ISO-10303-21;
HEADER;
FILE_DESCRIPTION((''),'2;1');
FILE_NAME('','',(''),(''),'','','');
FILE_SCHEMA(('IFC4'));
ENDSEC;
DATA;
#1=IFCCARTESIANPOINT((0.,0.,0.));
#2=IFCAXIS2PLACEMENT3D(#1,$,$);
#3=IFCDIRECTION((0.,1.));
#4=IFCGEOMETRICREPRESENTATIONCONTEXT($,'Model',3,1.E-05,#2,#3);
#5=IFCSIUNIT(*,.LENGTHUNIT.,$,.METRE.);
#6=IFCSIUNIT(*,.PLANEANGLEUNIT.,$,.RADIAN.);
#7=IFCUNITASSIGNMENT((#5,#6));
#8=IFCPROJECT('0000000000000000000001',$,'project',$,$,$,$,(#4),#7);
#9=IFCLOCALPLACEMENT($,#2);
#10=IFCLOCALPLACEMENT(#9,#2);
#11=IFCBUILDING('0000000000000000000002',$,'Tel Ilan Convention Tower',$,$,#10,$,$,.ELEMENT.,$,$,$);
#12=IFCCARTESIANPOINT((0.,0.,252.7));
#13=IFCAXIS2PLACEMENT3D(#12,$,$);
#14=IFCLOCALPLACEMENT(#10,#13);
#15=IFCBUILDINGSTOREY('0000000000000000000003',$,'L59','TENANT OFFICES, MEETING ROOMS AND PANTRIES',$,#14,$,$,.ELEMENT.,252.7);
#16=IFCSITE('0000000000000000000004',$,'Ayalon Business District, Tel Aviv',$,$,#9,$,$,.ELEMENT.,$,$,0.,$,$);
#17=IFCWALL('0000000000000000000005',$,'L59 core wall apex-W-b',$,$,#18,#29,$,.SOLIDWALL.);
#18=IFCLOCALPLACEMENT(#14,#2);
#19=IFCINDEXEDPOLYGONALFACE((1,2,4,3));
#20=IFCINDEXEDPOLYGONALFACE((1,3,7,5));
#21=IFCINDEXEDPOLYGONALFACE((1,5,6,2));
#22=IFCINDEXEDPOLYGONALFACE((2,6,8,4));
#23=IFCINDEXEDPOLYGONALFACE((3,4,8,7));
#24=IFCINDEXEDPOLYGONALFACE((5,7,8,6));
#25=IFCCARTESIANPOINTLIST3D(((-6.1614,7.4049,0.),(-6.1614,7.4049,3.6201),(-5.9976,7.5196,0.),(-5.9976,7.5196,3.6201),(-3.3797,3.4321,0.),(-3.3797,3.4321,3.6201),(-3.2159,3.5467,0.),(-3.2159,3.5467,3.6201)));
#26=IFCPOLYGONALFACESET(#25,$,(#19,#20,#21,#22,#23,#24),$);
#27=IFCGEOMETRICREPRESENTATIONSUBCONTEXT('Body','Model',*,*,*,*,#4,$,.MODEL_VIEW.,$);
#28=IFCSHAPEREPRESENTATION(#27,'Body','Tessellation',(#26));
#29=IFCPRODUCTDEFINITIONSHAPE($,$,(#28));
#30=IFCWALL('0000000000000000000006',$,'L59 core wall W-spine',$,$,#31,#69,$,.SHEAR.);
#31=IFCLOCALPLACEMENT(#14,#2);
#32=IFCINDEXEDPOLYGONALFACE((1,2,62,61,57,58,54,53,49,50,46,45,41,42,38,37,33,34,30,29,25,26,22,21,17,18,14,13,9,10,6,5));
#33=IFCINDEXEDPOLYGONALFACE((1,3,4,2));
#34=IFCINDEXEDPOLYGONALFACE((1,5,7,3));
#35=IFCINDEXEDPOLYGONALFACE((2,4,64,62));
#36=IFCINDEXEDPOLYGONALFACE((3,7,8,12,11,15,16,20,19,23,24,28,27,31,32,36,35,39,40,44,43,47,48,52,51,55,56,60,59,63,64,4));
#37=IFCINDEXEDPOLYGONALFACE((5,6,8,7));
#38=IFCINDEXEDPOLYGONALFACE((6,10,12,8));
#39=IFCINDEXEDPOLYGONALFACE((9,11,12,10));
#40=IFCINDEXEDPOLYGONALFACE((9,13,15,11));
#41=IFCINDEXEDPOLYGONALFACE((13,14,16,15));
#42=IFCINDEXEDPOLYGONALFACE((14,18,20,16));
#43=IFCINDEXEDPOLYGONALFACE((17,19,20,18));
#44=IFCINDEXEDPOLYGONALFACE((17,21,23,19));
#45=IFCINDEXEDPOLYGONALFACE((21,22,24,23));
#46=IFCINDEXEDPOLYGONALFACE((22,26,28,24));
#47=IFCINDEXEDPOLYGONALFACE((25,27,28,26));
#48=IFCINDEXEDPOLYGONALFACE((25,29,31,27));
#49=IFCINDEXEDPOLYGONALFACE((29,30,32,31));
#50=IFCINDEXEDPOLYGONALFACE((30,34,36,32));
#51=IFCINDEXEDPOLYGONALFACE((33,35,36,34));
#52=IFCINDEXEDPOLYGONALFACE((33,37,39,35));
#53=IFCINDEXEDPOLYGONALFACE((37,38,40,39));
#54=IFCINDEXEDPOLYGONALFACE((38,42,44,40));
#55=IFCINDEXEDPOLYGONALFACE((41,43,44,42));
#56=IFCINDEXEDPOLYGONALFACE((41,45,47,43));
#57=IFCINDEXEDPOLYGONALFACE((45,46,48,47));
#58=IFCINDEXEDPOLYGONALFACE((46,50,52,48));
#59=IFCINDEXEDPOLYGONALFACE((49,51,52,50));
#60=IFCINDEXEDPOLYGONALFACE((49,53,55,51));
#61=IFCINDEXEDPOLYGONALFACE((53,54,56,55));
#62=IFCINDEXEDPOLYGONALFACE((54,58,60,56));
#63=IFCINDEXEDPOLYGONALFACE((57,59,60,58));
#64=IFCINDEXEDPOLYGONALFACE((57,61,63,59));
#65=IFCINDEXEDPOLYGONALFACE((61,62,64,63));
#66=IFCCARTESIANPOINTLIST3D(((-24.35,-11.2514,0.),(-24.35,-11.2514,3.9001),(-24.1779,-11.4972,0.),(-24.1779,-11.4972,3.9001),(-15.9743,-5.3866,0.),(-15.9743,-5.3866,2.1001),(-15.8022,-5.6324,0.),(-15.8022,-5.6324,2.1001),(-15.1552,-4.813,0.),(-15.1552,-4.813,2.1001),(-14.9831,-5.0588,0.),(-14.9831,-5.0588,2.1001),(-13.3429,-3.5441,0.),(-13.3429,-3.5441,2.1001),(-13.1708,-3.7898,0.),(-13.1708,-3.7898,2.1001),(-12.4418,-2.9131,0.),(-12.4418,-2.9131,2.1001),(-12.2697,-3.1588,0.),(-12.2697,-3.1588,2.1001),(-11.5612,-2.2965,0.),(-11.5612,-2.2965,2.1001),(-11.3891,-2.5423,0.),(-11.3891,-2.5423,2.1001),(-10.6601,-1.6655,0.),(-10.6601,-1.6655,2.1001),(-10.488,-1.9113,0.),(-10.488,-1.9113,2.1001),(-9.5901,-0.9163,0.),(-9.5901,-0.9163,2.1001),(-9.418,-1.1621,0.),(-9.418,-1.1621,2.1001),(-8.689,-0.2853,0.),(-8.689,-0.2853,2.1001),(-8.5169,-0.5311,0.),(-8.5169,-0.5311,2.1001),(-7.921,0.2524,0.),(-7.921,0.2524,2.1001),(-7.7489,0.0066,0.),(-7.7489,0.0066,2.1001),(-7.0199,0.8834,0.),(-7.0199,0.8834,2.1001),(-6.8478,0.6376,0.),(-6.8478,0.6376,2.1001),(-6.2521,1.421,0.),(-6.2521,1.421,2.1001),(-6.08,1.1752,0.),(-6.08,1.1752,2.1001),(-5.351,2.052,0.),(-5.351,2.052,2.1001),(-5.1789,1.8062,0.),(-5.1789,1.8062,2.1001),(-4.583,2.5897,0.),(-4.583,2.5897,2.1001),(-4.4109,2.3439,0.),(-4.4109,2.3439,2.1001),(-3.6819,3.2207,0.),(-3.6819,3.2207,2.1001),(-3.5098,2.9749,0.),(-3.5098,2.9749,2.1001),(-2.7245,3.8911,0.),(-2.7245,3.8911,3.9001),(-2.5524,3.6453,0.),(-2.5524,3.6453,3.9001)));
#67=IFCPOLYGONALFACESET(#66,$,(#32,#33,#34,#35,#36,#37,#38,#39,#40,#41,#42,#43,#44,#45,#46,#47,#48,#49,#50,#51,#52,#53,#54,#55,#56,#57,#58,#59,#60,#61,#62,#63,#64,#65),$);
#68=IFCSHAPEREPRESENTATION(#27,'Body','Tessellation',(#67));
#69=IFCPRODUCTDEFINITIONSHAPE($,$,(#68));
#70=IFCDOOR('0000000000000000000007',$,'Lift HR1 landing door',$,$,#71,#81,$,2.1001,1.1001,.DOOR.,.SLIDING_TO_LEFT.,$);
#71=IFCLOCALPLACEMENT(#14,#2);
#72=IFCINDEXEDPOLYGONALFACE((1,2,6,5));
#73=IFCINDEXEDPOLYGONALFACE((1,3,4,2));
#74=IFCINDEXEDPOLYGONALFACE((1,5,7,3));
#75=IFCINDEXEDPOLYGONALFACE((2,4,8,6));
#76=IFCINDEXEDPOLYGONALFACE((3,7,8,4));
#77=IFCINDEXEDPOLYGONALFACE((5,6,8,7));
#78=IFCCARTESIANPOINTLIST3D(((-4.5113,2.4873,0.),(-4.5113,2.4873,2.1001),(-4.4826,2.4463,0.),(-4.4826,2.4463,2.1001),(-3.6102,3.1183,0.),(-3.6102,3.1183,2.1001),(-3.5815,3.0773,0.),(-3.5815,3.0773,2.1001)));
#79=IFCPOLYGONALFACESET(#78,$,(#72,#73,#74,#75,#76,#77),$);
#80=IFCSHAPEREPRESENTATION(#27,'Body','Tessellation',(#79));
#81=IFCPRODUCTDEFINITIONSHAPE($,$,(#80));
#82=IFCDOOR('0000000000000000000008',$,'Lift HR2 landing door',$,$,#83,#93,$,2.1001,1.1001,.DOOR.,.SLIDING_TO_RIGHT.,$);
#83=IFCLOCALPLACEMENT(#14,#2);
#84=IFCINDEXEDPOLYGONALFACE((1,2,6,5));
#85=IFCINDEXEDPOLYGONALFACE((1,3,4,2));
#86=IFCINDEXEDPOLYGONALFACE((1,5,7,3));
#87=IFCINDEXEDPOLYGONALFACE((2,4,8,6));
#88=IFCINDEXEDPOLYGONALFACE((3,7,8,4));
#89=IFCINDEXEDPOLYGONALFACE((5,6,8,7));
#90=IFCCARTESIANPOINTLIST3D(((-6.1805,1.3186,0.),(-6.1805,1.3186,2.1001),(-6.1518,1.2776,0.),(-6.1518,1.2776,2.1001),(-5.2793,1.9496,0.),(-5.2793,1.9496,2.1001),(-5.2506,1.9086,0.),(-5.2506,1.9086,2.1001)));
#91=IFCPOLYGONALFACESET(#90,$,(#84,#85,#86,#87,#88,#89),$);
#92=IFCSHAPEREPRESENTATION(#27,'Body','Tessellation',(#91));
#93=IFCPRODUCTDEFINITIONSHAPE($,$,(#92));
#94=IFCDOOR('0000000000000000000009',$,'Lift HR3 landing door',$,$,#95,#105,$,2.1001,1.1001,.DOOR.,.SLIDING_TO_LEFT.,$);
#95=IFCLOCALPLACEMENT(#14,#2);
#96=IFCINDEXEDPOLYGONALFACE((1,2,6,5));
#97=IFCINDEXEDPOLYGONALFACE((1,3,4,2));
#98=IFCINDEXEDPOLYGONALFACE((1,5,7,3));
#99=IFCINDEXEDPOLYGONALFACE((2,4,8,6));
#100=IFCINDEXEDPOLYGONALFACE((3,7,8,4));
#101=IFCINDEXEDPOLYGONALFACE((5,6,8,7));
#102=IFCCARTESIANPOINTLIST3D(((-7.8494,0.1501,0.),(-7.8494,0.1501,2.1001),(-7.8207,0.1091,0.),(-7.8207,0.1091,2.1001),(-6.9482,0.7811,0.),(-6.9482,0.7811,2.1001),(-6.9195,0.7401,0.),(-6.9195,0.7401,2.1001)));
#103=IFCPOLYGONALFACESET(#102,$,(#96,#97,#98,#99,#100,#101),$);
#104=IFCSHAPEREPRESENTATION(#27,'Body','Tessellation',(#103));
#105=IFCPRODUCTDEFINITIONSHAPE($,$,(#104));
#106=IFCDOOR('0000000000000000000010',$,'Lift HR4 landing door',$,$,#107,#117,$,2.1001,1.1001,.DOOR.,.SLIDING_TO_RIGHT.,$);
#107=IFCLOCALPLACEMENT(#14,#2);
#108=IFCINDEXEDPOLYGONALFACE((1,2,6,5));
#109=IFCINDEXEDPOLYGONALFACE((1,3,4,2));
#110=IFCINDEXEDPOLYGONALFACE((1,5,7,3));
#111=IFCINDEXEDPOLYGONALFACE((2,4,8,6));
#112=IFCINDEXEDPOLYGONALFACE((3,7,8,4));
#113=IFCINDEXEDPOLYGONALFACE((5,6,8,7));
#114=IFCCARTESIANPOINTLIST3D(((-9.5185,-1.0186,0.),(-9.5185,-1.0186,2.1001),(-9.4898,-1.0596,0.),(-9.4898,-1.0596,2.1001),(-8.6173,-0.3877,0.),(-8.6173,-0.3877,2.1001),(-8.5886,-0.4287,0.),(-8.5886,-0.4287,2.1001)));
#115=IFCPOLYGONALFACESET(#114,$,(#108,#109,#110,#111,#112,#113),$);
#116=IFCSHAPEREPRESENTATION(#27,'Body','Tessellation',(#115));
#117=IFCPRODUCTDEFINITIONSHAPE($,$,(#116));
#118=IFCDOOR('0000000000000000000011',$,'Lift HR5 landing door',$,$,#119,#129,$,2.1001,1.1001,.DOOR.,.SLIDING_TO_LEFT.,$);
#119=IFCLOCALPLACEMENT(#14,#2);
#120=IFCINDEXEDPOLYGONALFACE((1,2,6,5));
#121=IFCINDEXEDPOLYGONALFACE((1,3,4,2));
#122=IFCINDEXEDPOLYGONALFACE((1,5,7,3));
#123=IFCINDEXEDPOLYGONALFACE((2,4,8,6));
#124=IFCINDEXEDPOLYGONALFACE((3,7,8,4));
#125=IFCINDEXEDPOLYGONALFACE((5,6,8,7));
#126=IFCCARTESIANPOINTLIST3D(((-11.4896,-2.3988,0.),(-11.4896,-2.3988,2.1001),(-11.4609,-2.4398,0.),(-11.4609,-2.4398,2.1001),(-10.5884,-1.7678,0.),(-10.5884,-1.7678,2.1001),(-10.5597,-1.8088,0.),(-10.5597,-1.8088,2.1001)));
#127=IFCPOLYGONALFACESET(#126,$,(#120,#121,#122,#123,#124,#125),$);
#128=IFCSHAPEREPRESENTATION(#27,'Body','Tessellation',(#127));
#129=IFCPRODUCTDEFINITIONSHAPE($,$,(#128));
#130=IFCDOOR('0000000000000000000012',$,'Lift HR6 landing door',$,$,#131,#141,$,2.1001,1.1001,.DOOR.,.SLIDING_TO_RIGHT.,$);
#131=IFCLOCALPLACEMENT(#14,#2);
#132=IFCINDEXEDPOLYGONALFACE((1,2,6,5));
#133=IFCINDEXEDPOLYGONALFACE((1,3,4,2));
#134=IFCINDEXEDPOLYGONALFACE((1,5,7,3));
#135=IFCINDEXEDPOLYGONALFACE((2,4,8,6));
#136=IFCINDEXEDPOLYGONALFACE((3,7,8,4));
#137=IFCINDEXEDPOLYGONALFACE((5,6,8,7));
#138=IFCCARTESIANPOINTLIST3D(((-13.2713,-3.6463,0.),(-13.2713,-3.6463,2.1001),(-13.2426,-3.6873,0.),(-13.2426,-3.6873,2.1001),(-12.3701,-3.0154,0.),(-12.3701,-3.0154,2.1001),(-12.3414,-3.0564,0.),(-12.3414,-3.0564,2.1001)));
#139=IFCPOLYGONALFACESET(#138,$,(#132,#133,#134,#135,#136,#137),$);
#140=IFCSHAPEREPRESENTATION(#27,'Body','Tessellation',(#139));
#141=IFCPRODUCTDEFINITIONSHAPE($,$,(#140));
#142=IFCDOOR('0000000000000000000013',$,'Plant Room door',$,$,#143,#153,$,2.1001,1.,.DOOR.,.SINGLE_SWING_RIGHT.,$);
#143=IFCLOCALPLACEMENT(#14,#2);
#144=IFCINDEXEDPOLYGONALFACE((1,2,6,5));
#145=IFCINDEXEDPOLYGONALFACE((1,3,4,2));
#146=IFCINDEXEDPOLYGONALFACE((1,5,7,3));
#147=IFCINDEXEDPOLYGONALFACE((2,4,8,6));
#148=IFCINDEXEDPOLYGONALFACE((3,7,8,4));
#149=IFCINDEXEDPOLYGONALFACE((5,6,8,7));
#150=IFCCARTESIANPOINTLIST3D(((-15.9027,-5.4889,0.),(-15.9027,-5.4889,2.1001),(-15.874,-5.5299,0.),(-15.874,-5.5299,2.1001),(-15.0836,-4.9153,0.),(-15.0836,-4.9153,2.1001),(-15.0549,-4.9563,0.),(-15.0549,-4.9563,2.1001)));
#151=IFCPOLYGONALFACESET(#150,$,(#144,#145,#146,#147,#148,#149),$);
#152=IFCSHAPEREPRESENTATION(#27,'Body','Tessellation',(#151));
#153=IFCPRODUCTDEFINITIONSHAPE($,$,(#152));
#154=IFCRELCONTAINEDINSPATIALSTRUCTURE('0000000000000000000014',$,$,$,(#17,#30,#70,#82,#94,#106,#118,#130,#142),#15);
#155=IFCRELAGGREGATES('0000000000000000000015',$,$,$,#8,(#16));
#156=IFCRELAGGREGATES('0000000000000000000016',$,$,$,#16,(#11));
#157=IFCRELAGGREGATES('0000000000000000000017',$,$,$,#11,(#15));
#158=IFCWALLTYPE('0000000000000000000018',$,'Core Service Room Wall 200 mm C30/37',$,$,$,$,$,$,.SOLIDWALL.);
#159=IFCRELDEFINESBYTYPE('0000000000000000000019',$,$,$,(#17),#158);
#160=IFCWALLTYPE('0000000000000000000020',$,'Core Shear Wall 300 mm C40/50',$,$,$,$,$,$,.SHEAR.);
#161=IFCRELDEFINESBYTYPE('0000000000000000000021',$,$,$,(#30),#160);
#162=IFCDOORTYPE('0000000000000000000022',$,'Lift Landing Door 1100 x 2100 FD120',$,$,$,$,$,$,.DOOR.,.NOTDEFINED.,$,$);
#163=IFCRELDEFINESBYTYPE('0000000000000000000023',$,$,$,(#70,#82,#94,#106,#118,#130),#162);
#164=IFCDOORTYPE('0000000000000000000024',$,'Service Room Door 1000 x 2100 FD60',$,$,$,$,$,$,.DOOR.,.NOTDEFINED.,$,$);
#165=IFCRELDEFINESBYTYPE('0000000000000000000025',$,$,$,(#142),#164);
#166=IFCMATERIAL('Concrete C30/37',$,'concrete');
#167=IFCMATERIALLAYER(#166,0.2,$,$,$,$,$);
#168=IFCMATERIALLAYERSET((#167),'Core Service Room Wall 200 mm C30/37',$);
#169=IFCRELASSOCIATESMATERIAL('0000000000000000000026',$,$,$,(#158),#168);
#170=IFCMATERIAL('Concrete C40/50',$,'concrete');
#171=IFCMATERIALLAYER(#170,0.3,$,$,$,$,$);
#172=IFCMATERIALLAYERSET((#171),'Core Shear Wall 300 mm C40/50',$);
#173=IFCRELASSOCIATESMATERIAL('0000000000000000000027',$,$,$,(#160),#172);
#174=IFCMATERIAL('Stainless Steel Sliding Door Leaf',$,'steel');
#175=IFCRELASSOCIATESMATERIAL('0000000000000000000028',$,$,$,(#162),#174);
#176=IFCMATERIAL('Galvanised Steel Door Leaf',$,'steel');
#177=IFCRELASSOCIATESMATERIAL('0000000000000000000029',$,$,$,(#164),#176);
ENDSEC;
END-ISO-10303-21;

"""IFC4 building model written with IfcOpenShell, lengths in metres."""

from ifc_helpers import new_model, si_unit, direction, frame, frame_2d, origin, place, context, subcontext, project, spatial, polyline, rectangle, outline, extrude, material, layer, layer_set, type_object, element, fill, save


model = new_model("IFC4")

# Units and contexts
model_context = context("Model", 3, precision=1e-05, world=origin(), true_north=direction((0.0, 1.0)))
body_context = subcontext(model_context, "Body", "Model", "MODEL_VIEW")
ifc_project = project(units=[si_unit("LENGTHUNIT", "METRE"), si_unit("PLANEANGLEUNIT", "RADIAN")], contexts=[model_context])

# Site, building, storey
site_placement = place(None, origin())
site = spatial("IfcSite", under=ifc_project, at=site_placement, Name="Ayalon Business District, Tel Aviv", CompositionType="ELEMENT", RefElevation=0.0)
building_placement = place(site_placement, origin())
building = spatial("IfcBuilding", under=site, at=building_placement, Name="Tel Ilan Convention Tower", CompositionType="ELEMENT")
storey_placement = place(building_placement, frame((0.0, 0.0, 252.7)))
storey = spatial("IfcBuildingStorey", under=building, at=storey_placement, Name="L59", Description="TENANT OFFICES, MEETING ROOMS AND PANTRIES", CompositionType="ELEMENT", Elevation=252.7)

# Wall
ifc_material_1 = material(Name="Concrete C30/37", Category="concrete")
ifc_layer_1 = layer(ifc_material_1, 0.2)
ifc_layer_set_1 = layer_set([ifc_layer_1], Name="Core Service Room Wall 200 mm C30/37")
wall_type_1 = type_object("IfcWallType", Name="Core Service Room Wall 200 mm C30/37", PredefinedType="SOLIDWALL", material=ifc_layer_set_1)
wall_1_placement = place(storey_placement, frame((-3.2979, 3.4895, 0.0), z_axis=(0.0, 0.0, 1.0), x_axis=(-0.57356, 0.819163, 0.0)))
element("IfcWall", 1, at=wall_1_placement, inside=storey, type_object=wall_type_1, Name="L59 core wall apex-W-b", PredefinedType="SOLIDWALL", context=body_context, shape_type="SweptSolid", body=[
    extrude(rectangle(XDim=4.8499, YDim=0.2, at=frame_2d((2.4248, 0.0))), origin(), (0.0, 0.0, 1.0), 3.6201),
])

# Wall, openings, doors
ifc_material_2 = material(Name="Concrete C40/50", Category="concrete")
ifc_layer_2 = layer(ifc_material_2, 0.3)
ifc_layer_set_2 = layer_set([ifc_layer_2], Name="Core Shear Wall 300 mm C40/50")
wall_type_2 = type_object("IfcWallType", Name="Core Shear Wall 300 mm C40/50", PredefinedType="SHEAR", material=ifc_layer_set_2)
wall_2_placement = place(storey_placement, frame((-2.6384, 3.7681, 0.0), z_axis=(0.0, 0.0, 1.0), x_axis=(-0.819155, -0.573572, 0.0)))
wall_2 = element("IfcWall", 2, at=wall_2_placement, inside=storey, type_object=wall_type_2, Name="L59 core wall W-spine", PredefinedType="SHEAR", context=body_context, shape_type="SweptSolid", body=[
    extrude(outline(polyline([(26.3999, 0.1501), (0.0, 0.1499), (0.0, -0.1501), (26.3999, -0.1499), (26.3999, 0.1501)])), origin(), (0.0, 0.0, 1.0), 3.9001),
])
opening_1_placement = place(wall_2_placement, frame((1.1687, 0.0, 0.0)))
opening_1 = element("IfcOpeningElement", 3, at=opening_1_placement, cuts=wall_2, PredefinedType="OPENING", context=body_context, shape_type="SweptSolid", body=[
    extrude(rectangle(XDim=1.1001, YDim=2.1001, at=frame_2d((0.55, 1.05))), frame((0.0, 0.1599, 0.0), z_axis=(0.0, -1.0, 0.0), x_axis=(1.0, 0.0, 0.0)), (0.0, 0.0, 1.0), 0.3201),
])
opening_2_placement = place(wall_2_placement, frame((3.2063, 0.0, 0.0)))
opening_2 = element("IfcOpeningElement", 4, at=opening_2_placement, cuts=wall_2, PredefinedType="OPENING", context=body_context, shape_type="SweptSolid", body=[
    extrude(rectangle(XDim=1.1001, YDim=2.1001, at=frame_2d((0.55, 1.05))), frame((0.0, 0.1599, 0.0), z_axis=(0.0, -1.0, 0.0), x_axis=(1.0, 0.0, 0.0)), (0.0, 0.0, 1.0), 0.3201),
])
opening_3_placement = place(wall_2_placement, frame((5.2437, 0.0, 0.0)))
opening_3 = element("IfcOpeningElement", 5, at=opening_3_placement, cuts=wall_2, PredefinedType="OPENING", context=body_context, shape_type="SweptSolid", body=[
    extrude(rectangle(XDim=1.1001, YDim=2.1001, at=frame_2d((0.55, 1.05))), frame((0.0, 0.1599, 0.0), z_axis=(0.0, -1.0, 0.0), x_axis=(1.0, 0.0, 0.0)), (0.0, 0.0, 1.0), 0.3201),
])
opening_4_placement = place(wall_2_placement, frame((7.2812, 0.0, 0.0)))
opening_4 = element("IfcOpeningElement", 6, at=opening_4_placement, cuts=wall_2, PredefinedType="OPENING", context=body_context, shape_type="SweptSolid", body=[
    extrude(rectangle(XDim=1.1001, YDim=2.1001, at=frame_2d((0.55, 1.05))), frame((0.0, 0.1599, 0.0), z_axis=(0.0, -1.0, 0.0), x_axis=(1.0, 0.0, 0.0)), (0.0, 0.0, 1.0), 0.3201),
])
opening_5_placement = place(wall_2_placement, frame((9.6875, 0.0, 0.0)))
opening_5 = element("IfcOpeningElement", 7, at=opening_5_placement, cuts=wall_2, PredefinedType="OPENING", context=body_context, shape_type="SweptSolid", body=[
    extrude(rectangle(XDim=1.1001, YDim=2.1001, at=frame_2d((0.55, 1.05))), frame((0.0, 0.1599, 0.0), z_axis=(0.0, -1.0, 0.0), x_axis=(1.0, 0.0, 0.0)), (0.0, 0.0, 1.0), 0.3201),
])
opening_6_placement = place(wall_2_placement, frame((11.8625, 0.0, 0.0)))
opening_6 = element("IfcOpeningElement", 8, at=opening_6_placement, cuts=wall_2, PredefinedType="OPENING", context=body_context, shape_type="SweptSolid", body=[
    extrude(rectangle(XDim=1.1001, YDim=2.1001, at=frame_2d((0.55, 1.05))), frame((0.0, 0.1599, 0.0), z_axis=(0.0, -1.0, 0.0), x_axis=(1.0, 0.0, 0.0)), (0.0, 0.0, 1.0), 0.3201),
])
opening_7_placement = place(wall_2_placement, frame((15.175, 0.0, 0.0)))
opening_7 = element("IfcOpeningElement", 9, at=opening_7_placement, cuts=wall_2, PredefinedType="OPENING", context=body_context, shape_type="SweptSolid", body=[
    extrude(rectangle(XDim=1.0, YDim=2.1001, at=frame_2d((0.5, 1.05))), frame((0.0, 0.1599, 0.0), z_axis=(0.0, -1.0, 0.0), x_axis=(1.0, 0.0, 0.0)), (0.0, 0.0, 1.0), 0.3201),
])
ifc_material_3 = material(Name="Stainless Steel Sliding Door Leaf", Category="steel")
door_type_1 = type_object("IfcDoorType", Name="Lift Landing Door 1100 x 2100 FD120", OperationType="NOTDEFINED", PredefinedType="DOOR", material=ifc_material_3)
door_1_placement = place(opening_1_placement, origin())
door_1 = element("IfcDoor", 10, at=door_1_placement, inside=storey, type_object=door_type_1, Name="Lift HR1 landing door", OperationType="SLIDING_TO_LEFT", OverallHeight=2.1001, OverallWidth=1.1001, PredefinedType="DOOR", context=body_context, shape_type="SweptSolid", body=[
    extrude(rectangle(XDim=1.1001, YDim=2.1001, at=frame_2d((0.55, 1.05))), frame((0.0, 0.0249, 0.0), z_axis=(0.0, -1.0, 0.0), x_axis=(1.0, 0.0, 0.0)), (0.0, 0.0, 1.0), 0.05),
])
fill(opening_1, door_1)
door_2_placement = place(opening_2_placement, origin())
door_2 = element("IfcDoor", 11, at=door_2_placement, inside=storey, type_object=door_type_1, Name="Lift HR2 landing door", OperationType="SLIDING_TO_RIGHT", OverallHeight=2.1001, OverallWidth=1.1001, PredefinedType="DOOR", context=body_context, shape_type="SweptSolid", body=[
    extrude(rectangle(XDim=1.1001, YDim=2.1001, at=frame_2d((0.55, 1.05))), frame((0.0, 0.0249, 0.0), z_axis=(0.0, -1.0, 0.0), x_axis=(1.0, 0.0, 0.0)), (0.0, 0.0, 1.0), 0.05),
])
fill(opening_2, door_2)
door_3_placement = place(opening_3_placement, origin())
door_3 = element("IfcDoor", 12, at=door_3_placement, inside=storey, type_object=door_type_1, Name="Lift HR3 landing door", OperationType="SLIDING_TO_LEFT", OverallHeight=2.1001, OverallWidth=1.1001, PredefinedType="DOOR", context=body_context, shape_type="SweptSolid", body=[
    extrude(rectangle(XDim=1.1001, YDim=2.1001, at=frame_2d((0.55, 1.05))), frame((0.0, 0.0249, 0.0), z_axis=(0.0, -1.0, 0.0), x_axis=(1.0, 0.0, 0.0)), (0.0, 0.0, 1.0), 0.05),
])
fill(opening_3, door_3)
door_4_placement = place(opening_4_placement, origin())
door_4 = element("IfcDoor", 13, at=door_4_placement, inside=storey, type_object=door_type_1, Name="Lift HR4 landing door", OperationType="SLIDING_TO_RIGHT", OverallHeight=2.1001, OverallWidth=1.1001, PredefinedType="DOOR", context=body_context, shape_type="SweptSolid", body=[
    extrude(rectangle(XDim=1.1001, YDim=2.1001, at=frame_2d((0.55, 1.05))), frame((0.0, 0.0249, 0.0), z_axis=(0.0, -1.0, 0.0), x_axis=(1.0, 0.0, 0.0)), (0.0, 0.0, 1.0), 0.05),
])
fill(opening_4, door_4)
door_5_placement = place(opening_5_placement, origin())
door_5 = element("IfcDoor", 14, at=door_5_placement, inside=storey, type_object=door_type_1, Name="Lift HR5 landing door", OperationType="SLIDING_TO_LEFT", OverallHeight=2.1001, OverallWidth=1.1001, PredefinedType="DOOR", context=body_context, shape_type="SweptSolid", body=[
    extrude(rectangle(XDim=1.1001, YDim=2.1001, at=frame_2d((0.55, 1.05))), frame((0.0, 0.0249, 0.0), z_axis=(0.0, -1.0, 0.0), x_axis=(1.0, 0.0, 0.0)), (0.0, 0.0, 1.0), 0.05),
])
fill(opening_5, door_5)
door_6_placement = place(opening_6_placement, origin())
door_6 = element("IfcDoor", 15, at=door_6_placement, inside=storey, type_object=door_type_1, Name="Lift HR6 landing door", OperationType="SLIDING_TO_RIGHT", OverallHeight=2.1001, OverallWidth=1.1001, PredefinedType="DOOR", context=body_context, shape_type="SweptSolid", body=[
    extrude(rectangle(XDim=1.1001, YDim=2.1001, at=frame_2d((0.55, 1.05))), frame((0.0, 0.0249, 0.0), z_axis=(0.0, -1.0, 0.0), x_axis=(1.0, 0.0, 0.0)), (0.0, 0.0, 1.0), 0.05),
])
fill(opening_6, door_6)
ifc_material_4 = material(Name="Galvanised Steel Door Leaf", Category="steel")
door_type_2 = type_object("IfcDoorType", Name="Service Room Door 1000 x 2100 FD60", OperationType="NOTDEFINED", PredefinedType="DOOR", material=ifc_material_4)
door_7_placement = place(opening_7_placement, origin())
door_7 = element("IfcDoor", 16, at=door_7_placement, inside=storey, type_object=door_type_2, Name="Plant Room door", OperationType="SINGLE_SWING_RIGHT", OverallHeight=2.1001, OverallWidth=1.0, PredefinedType="DOOR", context=body_context, shape_type="SweptSolid", body=[
    extrude(rectangle(XDim=1.0, YDim=2.1001, at=frame_2d((0.5, 1.05))), frame((0.0, 0.0249, 0.0), z_axis=(0.0, -1.0, 0.0), x_axis=(1.0, 0.0, 0.0)), (0.0, 0.0, 1.0), 0.05),
])
fill(opening_7, door_7)

save(model, "model.ifc")
